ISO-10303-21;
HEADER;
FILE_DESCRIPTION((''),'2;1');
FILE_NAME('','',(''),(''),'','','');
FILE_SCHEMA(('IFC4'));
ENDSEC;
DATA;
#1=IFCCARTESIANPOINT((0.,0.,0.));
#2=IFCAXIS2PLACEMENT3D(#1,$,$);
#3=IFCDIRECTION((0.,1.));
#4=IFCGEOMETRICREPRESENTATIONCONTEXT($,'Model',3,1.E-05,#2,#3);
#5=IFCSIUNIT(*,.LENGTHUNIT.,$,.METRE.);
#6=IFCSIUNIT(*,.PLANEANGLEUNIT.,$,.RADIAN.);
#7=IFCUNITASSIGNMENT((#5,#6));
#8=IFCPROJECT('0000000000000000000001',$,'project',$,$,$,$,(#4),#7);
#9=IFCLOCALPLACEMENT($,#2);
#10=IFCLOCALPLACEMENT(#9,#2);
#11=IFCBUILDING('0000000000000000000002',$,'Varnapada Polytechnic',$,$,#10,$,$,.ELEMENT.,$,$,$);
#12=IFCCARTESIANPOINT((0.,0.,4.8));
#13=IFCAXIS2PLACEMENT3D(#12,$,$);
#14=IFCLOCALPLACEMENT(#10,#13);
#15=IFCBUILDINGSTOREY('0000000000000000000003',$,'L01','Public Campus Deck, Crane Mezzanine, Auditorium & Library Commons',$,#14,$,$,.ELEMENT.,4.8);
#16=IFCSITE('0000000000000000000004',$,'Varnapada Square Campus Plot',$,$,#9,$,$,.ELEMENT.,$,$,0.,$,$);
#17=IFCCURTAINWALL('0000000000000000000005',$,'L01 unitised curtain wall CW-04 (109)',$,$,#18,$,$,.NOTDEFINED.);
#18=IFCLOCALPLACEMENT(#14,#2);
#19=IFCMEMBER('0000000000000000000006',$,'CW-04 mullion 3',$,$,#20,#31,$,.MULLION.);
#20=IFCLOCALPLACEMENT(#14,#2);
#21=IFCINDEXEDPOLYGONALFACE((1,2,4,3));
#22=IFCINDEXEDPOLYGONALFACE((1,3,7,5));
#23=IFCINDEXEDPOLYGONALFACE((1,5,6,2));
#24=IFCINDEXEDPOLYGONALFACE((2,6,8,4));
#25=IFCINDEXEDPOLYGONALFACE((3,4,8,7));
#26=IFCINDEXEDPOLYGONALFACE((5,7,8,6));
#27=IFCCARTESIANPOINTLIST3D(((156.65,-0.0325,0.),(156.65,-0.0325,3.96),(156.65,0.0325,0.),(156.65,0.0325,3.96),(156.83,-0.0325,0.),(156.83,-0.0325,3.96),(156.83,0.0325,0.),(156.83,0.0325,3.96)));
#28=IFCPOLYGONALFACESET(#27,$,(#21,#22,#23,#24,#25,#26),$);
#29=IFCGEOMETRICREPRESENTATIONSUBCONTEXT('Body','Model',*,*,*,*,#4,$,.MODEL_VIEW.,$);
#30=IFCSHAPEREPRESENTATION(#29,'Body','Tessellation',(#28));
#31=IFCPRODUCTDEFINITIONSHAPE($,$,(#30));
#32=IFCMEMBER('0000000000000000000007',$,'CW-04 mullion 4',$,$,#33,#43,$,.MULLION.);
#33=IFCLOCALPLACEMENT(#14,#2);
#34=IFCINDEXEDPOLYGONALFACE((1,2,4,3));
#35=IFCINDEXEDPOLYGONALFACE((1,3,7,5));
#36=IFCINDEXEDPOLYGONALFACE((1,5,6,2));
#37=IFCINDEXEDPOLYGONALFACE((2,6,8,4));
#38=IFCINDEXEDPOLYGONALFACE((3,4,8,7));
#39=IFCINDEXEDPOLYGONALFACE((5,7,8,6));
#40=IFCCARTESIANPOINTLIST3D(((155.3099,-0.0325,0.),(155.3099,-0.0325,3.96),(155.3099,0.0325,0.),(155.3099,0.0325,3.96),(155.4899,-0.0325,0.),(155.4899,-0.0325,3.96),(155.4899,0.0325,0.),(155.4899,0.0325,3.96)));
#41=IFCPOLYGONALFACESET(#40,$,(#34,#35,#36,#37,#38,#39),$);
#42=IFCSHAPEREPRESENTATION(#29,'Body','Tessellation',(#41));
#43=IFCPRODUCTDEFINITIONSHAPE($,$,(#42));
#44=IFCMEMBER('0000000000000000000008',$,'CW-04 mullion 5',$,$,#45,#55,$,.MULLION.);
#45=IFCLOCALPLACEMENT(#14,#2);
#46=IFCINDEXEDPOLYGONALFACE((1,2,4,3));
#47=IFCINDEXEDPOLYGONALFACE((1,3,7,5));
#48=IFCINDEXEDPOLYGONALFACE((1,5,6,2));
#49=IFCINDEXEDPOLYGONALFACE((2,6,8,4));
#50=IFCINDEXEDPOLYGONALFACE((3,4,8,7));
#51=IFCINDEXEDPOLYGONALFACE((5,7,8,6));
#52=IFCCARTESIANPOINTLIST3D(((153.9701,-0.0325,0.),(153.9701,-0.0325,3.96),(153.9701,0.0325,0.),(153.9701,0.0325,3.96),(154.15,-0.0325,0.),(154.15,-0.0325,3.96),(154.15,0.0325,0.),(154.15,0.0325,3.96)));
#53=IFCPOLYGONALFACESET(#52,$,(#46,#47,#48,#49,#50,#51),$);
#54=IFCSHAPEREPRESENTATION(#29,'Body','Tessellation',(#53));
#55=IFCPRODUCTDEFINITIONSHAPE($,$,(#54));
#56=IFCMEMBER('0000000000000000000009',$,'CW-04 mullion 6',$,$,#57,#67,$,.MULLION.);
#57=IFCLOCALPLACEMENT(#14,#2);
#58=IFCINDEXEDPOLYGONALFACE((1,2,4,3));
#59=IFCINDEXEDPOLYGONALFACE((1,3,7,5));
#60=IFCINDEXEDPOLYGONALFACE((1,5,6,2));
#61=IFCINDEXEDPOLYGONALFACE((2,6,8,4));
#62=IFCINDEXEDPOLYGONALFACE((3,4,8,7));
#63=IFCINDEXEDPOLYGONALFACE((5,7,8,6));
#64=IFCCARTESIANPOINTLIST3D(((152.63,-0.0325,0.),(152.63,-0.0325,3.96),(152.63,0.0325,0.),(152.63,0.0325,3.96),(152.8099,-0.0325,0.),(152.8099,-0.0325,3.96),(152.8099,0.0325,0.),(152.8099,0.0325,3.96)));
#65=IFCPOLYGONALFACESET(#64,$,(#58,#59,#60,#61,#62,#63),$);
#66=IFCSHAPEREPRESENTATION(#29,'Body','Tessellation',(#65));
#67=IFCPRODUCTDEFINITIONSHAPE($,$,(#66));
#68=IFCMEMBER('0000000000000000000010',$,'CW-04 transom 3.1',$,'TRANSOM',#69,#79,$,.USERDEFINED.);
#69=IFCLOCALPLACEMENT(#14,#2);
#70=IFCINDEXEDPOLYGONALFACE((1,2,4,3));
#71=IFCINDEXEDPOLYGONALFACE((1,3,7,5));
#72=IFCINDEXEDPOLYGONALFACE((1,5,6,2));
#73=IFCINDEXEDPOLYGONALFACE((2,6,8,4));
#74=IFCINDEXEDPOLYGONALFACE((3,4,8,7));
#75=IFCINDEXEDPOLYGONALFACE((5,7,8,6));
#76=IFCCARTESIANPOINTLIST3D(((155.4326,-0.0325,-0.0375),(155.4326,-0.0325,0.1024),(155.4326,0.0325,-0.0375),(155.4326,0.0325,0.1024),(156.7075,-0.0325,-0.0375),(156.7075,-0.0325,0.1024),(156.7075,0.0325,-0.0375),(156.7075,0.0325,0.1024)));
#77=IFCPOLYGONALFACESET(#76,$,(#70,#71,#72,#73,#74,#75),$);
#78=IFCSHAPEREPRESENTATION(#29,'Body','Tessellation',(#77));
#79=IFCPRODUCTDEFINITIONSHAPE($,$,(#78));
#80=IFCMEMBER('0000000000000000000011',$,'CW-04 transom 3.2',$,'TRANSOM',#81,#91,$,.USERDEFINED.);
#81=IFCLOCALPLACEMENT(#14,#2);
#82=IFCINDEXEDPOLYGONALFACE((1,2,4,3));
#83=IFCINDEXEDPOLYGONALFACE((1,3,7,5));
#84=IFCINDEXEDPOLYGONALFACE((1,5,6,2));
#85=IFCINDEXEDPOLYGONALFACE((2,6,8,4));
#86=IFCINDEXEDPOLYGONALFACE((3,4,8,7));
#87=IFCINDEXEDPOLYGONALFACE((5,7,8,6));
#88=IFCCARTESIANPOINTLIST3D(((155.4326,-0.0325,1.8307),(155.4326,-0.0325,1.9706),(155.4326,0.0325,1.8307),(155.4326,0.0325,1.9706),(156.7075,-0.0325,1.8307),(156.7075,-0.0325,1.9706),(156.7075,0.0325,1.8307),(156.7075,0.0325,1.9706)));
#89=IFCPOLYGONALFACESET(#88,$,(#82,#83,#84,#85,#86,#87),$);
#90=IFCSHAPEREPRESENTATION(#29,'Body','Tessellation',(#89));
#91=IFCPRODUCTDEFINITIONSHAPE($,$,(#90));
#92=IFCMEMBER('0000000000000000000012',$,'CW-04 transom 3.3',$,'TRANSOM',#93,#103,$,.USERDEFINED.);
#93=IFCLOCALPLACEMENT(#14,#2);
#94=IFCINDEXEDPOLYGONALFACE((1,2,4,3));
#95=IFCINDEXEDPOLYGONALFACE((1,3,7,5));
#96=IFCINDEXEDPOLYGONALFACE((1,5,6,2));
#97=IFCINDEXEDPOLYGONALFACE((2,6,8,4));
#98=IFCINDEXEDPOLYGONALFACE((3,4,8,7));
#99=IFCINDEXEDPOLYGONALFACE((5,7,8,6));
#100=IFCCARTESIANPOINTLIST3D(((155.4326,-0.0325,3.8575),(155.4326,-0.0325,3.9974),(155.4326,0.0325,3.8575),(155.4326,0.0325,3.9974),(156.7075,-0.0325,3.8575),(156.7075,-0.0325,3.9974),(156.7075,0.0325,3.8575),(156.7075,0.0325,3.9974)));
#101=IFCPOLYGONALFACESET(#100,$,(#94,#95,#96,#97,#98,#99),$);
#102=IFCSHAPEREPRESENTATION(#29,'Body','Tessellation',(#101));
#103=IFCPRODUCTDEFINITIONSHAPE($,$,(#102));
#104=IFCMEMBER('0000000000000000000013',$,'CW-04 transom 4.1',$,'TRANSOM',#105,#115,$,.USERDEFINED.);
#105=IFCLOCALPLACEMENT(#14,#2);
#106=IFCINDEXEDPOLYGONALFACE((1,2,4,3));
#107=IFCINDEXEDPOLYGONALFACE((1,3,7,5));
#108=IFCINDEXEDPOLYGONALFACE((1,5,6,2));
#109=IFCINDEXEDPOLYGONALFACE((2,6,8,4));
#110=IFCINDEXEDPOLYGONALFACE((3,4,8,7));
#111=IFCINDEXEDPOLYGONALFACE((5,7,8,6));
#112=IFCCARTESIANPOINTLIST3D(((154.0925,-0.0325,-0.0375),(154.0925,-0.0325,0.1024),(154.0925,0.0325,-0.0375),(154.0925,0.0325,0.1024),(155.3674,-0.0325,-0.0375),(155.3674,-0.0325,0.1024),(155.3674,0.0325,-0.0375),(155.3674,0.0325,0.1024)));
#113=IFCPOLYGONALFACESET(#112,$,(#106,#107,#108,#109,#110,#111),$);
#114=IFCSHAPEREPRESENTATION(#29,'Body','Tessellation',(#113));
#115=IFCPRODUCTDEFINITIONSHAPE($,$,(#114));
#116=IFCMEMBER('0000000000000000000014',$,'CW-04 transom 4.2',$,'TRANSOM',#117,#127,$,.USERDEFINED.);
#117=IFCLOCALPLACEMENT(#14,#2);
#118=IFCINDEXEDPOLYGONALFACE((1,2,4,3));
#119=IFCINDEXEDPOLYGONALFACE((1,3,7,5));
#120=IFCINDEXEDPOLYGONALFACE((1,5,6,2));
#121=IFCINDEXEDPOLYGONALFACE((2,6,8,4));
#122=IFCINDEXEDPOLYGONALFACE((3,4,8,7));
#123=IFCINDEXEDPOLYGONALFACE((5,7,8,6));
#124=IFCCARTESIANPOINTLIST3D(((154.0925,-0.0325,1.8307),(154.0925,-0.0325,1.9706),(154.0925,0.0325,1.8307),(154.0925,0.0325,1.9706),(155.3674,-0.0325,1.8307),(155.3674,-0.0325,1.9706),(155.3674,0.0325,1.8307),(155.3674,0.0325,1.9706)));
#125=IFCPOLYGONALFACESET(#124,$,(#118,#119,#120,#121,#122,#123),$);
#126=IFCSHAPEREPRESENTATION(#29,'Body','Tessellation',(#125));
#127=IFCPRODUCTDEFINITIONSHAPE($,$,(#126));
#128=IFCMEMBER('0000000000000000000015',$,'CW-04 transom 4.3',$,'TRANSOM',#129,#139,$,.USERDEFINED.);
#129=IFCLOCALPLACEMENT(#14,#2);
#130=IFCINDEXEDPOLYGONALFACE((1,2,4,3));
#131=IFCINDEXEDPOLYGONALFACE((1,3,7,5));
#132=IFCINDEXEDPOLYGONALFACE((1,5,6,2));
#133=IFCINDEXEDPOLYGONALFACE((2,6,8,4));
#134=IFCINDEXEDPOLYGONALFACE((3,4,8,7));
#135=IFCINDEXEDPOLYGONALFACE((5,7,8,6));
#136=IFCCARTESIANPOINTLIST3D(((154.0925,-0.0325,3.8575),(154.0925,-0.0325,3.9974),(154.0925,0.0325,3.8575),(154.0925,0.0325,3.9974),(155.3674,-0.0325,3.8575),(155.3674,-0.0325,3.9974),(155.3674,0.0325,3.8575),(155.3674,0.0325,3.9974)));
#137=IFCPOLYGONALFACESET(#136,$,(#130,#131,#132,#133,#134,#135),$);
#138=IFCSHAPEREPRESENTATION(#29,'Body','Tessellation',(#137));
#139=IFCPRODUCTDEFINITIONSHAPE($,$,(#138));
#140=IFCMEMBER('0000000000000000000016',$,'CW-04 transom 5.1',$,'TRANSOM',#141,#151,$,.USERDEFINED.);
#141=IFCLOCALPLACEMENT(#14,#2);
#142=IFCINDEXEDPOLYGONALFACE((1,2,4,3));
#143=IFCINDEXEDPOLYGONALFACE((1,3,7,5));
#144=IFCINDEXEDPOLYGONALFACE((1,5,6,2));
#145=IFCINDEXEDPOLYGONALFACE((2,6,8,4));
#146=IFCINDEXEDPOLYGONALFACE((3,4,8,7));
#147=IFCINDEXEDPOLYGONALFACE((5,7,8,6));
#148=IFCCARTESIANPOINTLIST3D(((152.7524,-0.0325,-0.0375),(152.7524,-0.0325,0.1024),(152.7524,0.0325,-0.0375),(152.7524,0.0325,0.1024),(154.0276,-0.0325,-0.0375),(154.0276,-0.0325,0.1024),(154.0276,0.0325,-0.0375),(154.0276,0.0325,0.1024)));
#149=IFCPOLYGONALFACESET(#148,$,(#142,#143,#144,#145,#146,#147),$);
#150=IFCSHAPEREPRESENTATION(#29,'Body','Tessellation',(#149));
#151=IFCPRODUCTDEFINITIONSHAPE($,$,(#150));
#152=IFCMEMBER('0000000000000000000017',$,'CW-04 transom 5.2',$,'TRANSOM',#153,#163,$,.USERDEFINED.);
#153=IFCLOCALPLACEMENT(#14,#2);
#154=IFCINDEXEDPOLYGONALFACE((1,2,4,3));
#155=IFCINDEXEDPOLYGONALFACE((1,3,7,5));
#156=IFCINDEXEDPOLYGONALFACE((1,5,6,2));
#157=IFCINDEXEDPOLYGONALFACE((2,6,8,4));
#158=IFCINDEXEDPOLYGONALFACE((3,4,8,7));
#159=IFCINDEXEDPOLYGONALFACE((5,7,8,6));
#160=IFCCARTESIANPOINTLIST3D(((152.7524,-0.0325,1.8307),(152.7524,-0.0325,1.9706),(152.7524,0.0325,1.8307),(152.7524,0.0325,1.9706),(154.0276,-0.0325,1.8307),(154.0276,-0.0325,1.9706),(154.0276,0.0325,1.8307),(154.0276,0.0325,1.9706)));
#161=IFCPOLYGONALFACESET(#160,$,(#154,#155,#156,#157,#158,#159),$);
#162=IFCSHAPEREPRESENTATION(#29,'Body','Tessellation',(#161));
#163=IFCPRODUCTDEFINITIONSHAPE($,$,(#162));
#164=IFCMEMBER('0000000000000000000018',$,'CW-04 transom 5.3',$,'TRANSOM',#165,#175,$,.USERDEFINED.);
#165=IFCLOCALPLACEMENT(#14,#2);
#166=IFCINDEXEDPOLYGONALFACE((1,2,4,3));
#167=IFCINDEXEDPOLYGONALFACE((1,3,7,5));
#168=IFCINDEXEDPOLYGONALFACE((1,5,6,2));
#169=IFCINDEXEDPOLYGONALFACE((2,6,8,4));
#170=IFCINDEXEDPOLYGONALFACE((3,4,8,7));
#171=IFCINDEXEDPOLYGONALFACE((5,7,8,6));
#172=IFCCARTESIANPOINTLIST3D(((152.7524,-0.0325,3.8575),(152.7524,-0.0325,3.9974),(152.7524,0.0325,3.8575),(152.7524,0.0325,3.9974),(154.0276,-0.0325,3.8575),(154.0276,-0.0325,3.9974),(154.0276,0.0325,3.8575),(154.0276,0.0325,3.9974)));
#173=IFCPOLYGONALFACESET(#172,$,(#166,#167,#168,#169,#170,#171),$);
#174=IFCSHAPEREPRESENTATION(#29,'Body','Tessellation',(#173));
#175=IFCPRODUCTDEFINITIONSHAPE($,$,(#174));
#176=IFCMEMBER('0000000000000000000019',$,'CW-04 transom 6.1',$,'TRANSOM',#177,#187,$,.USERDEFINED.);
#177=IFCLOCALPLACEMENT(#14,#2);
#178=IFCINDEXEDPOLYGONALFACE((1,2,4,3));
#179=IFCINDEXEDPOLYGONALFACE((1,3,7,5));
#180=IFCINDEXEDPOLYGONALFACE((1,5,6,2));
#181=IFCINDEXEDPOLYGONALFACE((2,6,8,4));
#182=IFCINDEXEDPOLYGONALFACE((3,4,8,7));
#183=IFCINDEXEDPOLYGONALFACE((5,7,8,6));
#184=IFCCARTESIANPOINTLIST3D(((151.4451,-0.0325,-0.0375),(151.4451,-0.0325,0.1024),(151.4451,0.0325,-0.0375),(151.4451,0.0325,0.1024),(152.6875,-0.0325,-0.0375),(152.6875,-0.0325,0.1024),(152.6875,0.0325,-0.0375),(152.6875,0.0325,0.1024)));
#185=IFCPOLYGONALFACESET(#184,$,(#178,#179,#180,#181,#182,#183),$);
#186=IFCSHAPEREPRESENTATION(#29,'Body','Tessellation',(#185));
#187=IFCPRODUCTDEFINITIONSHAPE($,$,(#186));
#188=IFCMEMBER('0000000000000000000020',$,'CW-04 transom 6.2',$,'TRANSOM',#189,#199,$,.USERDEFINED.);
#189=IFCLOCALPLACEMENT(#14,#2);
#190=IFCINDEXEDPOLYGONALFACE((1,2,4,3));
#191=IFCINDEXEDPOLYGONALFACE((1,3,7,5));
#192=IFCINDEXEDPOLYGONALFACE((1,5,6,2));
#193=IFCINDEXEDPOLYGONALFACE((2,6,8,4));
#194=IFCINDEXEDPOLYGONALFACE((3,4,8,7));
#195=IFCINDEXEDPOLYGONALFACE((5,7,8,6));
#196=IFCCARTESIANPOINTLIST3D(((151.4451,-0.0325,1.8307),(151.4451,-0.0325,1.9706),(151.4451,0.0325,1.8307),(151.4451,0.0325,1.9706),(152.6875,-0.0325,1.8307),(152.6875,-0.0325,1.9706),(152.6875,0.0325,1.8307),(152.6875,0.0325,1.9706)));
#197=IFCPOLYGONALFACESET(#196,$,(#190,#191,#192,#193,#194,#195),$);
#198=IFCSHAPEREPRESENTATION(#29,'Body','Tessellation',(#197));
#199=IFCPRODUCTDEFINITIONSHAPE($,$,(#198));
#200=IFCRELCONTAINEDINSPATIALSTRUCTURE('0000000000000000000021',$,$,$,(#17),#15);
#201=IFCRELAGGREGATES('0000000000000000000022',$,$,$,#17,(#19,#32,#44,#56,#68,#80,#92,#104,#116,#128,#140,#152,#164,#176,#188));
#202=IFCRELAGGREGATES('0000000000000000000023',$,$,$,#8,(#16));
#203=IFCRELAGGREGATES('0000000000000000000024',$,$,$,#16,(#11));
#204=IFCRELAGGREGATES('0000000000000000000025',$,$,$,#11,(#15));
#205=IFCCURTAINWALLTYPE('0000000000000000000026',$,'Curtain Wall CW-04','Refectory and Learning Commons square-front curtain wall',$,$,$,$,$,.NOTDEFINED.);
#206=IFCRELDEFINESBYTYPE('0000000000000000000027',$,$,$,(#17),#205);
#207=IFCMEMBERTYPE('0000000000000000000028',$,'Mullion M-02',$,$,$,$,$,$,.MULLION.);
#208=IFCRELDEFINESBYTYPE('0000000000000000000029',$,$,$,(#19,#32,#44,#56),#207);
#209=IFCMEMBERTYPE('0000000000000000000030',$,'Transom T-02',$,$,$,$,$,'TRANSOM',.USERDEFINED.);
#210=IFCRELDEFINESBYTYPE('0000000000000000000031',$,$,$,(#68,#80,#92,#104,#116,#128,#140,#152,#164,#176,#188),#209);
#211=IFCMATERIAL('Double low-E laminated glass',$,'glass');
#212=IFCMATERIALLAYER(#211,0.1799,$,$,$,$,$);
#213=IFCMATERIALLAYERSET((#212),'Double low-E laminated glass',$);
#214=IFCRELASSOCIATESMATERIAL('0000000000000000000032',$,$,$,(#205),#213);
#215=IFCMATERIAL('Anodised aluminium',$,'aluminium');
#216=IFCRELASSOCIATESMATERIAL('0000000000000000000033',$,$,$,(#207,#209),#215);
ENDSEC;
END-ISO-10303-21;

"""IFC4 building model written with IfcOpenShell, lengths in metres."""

from ifc_helpers import new_model, si_unit, direction, frame, origin, origin_2d, place, context, subcontext, project, spatial, rectangle, extrude, material, layer, layer_set, material_profile, profile_set, type_object, element, aggregate, save


model = new_model("IFC4")

# Units and contexts
model_context = context("Model", 3, precision=1e-05, world=origin(), true_north=direction((0.0, 1.0)))
body_context = subcontext(model_context, "Body", "Model", "MODEL_VIEW")
ifc_project = project(units=[si_unit("LENGTHUNIT", "METRE"), si_unit("PLANEANGLEUNIT", "RADIAN")], contexts=[model_context])

# Site, building, storey
site_placement = place(None, origin())
site = spatial("IfcSite", under=ifc_project, at=site_placement, Name="Varnapada Square Campus Plot", CompositionType="ELEMENT", RefElevation=0.0)
building_placement = place(site_placement, origin())
building = spatial("IfcBuilding", under=site, at=building_placement, Name="Varnapada Polytechnic", CompositionType="ELEMENT")
storey_placement = place(building_placement, frame((0.0, 0.0, 4.8)))
storey = spatial("IfcBuildingStorey", under=building, at=storey_placement, Name="L01", Description="Public Campus Deck, Crane Mezzanine, Auditorium & Library Commons", CompositionType="ELEMENT", Elevation=4.8)

# Curtain wall, members
ifc_material_1 = material(Name="Double low-E laminated glass", Category="glass")
ifc_layer_1 = layer(ifc_material_1, 0.1799)
ifc_layer_set_1 = layer_set([ifc_layer_1], Name="Double low-E laminated glass")
curtain_wall_type = type_object("IfcCurtainWallType", Name="Curtain Wall CW-04", Description="Refectory and Learning Commons square-front curtain wall", PredefinedType="NOTDEFINED", material=ifc_layer_set_1)
curtain_wall_placement = place(storey_placement, origin())
curtain_wall = element("IfcCurtainWall", 1, at=curtain_wall_placement, inside=storey, type_object=curtain_wall_type, Name="L01 unitised curtain wall CW-04 (109)", PredefinedType="NOTDEFINED")
ifc_material_2 = material(Name="Anodised aluminium", Category="aluminium")
ifc_material_profile_1 = material_profile(ifc_material_2, rectangle(XDim=0.0649, YDim=0.1799, at=origin_2d()), Name="ALU M65x180")
ifc_profile_set_1 = profile_set([ifc_material_profile_1], Name="Anodised aluminium")
member_type_1 = type_object("IfcMemberType", Name="Mullion M-02", PredefinedType="MULLION", material=ifc_profile_set_1)
member_1_placement = place(storey_placement, frame((156.74, 0.0, 0.0), z_axis=(0.0, 0.0, 1.0), x_axis=(0.0, -1.0, 0.0)))
member_1 = element("IfcMember", 2, at=member_1_placement, type_object=member_type_1, Name="CW-04 mullion 3", PredefinedType="MULLION", context=body_context, shape_type="SweptSolid", body=[
    extrude(rectangle(XDim=0.0649, YDim=0.1799, at=origin_2d()), origin(), (0.0, 0.0, 1.0), 3.96),
])
member_2_placement = place(storey_placement, frame((155.3999, 0.0, 0.0), z_axis=(0.0, 0.0, 1.0), x_axis=(0.0, -1.0, 0.0)))
member_2 = element("IfcMember", 3, at=member_2_placement, type_object=member_type_1, Name="CW-04 mullion 4", PredefinedType="MULLION", context=body_context, shape_type="SweptSolid", body=[
    extrude(rectangle(XDim=0.0649, YDim=0.1799, at=origin_2d()), origin(), (0.0, 0.0, 1.0), 3.96),
])
member_3_placement = place(storey_placement, frame((154.0601, 0.0, 0.0), z_axis=(0.0, 0.0, 1.0), x_axis=(0.0, -1.0, 0.0)))
member_3 = element("IfcMember", 4, at=member_3_placement, type_object=member_type_1, Name="CW-04 mullion 5", PredefinedType="MULLION", context=body_context, shape_type="SweptSolid", body=[
    extrude(rectangle(XDim=0.0649, YDim=0.1799, at=origin_2d()), origin(), (0.0, 0.0, 1.0), 3.96),
])
member_4_placement = place(storey_placement, frame((152.72, 0.0, 0.0), z_axis=(0.0, 0.0, 1.0), x_axis=(0.0, -1.0, 0.0)))
member_4 = element("IfcMember", 5, at=member_4_placement, type_object=member_type_1, Name="CW-04 mullion 6", PredefinedType="MULLION", context=body_context, shape_type="SweptSolid", body=[
    extrude(rectangle(XDim=0.0649, YDim=0.1799, at=origin_2d()), origin(), (0.0, 0.0, 1.0), 3.96),
])
ifc_material_profile_2 = material_profile(ifc_material_2, rectangle(XDim=0.0649, YDim=0.1399, at=origin_2d()), Name="ALU T65x140")
ifc_profile_set_2 = profile_set([ifc_material_profile_2], Name="Anodised aluminium")
member_type_2 = type_object("IfcMemberType", Name="Transom T-02", ElementType="TRANSOM", PredefinedType="USERDEFINED", material=ifc_profile_set_2)
member_5_placement = place(storey_placement, frame((156.7075, 0.0, 0.0325), z_axis=(-1.0, 0.0, 0.0), x_axis=(0.0, -1.0, 0.0)))
member_5 = element("IfcMember", 6, at=member_5_placement, type_object=member_type_2, Name="CW-04 transom 3.1", ObjectType="TRANSOM", PredefinedType="USERDEFINED", context=body_context, shape_type="SweptSolid", body=[
    extrude(rectangle(XDim=0.0649, YDim=0.1399, at=origin_2d()), origin(), (0.0, 0.0, 1.0), 1.2749),
])
member_6_placement = place(storey_placement, frame((156.7075, 0.0, 1.9006), z_axis=(-1.0, 0.0, 0.0), x_axis=(0.0, -1.0, 0.0)))
member_6 = element("IfcMember", 7, at=member_6_placement, type_object=member_type_2, Name="CW-04 transom 3.2", ObjectType="TRANSOM", PredefinedType="USERDEFINED", context=body_context, shape_type="SweptSolid", body=[
    extrude(rectangle(XDim=0.0649, YDim=0.1399, at=origin_2d()), origin(), (0.0, 0.0, 1.0), 1.2749),
])
member_7_placement = place(storey_placement, frame((156.7075, 0.0, 3.9275), z_axis=(-1.0, 0.0, 0.0), x_axis=(0.0, -1.0, 0.0)))
member_7 = element("IfcMember", 8, at=member_7_placement, type_object=member_type_2, Name="CW-04 transom 3.3", ObjectType="TRANSOM", PredefinedType="USERDEFINED", context=body_context, shape_type="SweptSolid", body=[
    extrude(rectangle(XDim=0.0649, YDim=0.1399, at=origin_2d()), origin(), (0.0, 0.0, 1.0), 1.2749),
])
member_8_placement = place(storey_placement, frame((155.3674, 0.0, 0.0325), z_axis=(-1.0, 0.0, 0.0), x_axis=(0.0, -1.0, 0.0)))
member_8 = element("IfcMember", 9, at=member_8_placement, type_object=member_type_2, Name="CW-04 transom 4.1", ObjectType="TRANSOM", PredefinedType="USERDEFINED", context=body_context, shape_type="SweptSolid", body=[
    extrude(rectangle(XDim=0.0649, YDim=0.1399, at=origin_2d()), origin(), (0.0, 0.0, 1.0), 1.2749),
])
member_9_placement = place(storey_placement, frame((155.3674, 0.0, 1.9006), z_axis=(-1.0, 0.0, 0.0), x_axis=(0.0, -1.0, 0.0)))
member_9 = element("IfcMember", 10, at=member_9_placement, type_object=member_type_2, Name="CW-04 transom 4.2", ObjectType="TRANSOM", PredefinedType="USERDEFINED", context=body_context, shape_type="SweptSolid", body=[
    extrude(rectangle(XDim=0.0649, YDim=0.1399, at=origin_2d()), origin(), (0.0, 0.0, 1.0), 1.2749),
])
member_10_placement = place(storey_placement, frame((155.3674, 0.0, 3.9275), z_axis=(-1.0, 0.0, 0.0), x_axis=(0.0, -1.0, 0.0)))
member_10 = element("IfcMember", 11, at=member_10_placement, type_object=member_type_2, Name="CW-04 transom 4.3", ObjectType="TRANSOM", PredefinedType="USERDEFINED", context=body_context, shape_type="SweptSolid", body=[
    extrude(rectangle(XDim=0.0649, YDim=0.1399, at=origin_2d()), origin(), (0.0, 0.0, 1.0), 1.2749),
])
member_11_placement = place(storey_placement, frame((154.0276, 0.0, 0.0325), z_axis=(-1.0, 0.0, 0.0), x_axis=(0.0, -1.0, 0.0)))
member_11 = element("IfcMember", 12, at=member_11_placement, type_object=member_type_2, Name="CW-04 transom 5.1", ObjectType="TRANSOM", PredefinedType="USERDEFINED", context=body_context, shape_type="SweptSolid", body=[
    extrude(rectangle(XDim=0.0649, YDim=0.1399, at=origin_2d()), origin(), (0.0, 0.0, 1.0), 1.2751),
])
member_12_placement = place(storey_placement, frame((154.0276, 0.0, 1.9006), z_axis=(-1.0, 0.0, 0.0), x_axis=(0.0, -1.0, 0.0)))
member_12 = element("IfcMember", 13, at=member_12_placement, type_object=member_type_2, Name="CW-04 transom 5.2", ObjectType="TRANSOM", PredefinedType="USERDEFINED", context=body_context, shape_type="SweptSolid", body=[
    extrude(rectangle(XDim=0.0649, YDim=0.1399, at=origin_2d()), origin(), (0.0, 0.0, 1.0), 1.2751),
])
member_13_placement = place(storey_placement, frame((154.0276, 0.0, 3.9275), z_axis=(-1.0, 0.0, 0.0), x_axis=(0.0, -1.0, 0.0)))
member_13 = element("IfcMember", 14, at=member_13_placement, type_object=member_type_2, Name="CW-04 transom 5.3", ObjectType="TRANSOM", PredefinedType="USERDEFINED", context=body_context, shape_type="SweptSolid", body=[
    extrude(rectangle(XDim=0.0649, YDim=0.1399, at=origin_2d()), origin(), (0.0, 0.0, 1.0), 1.2751),
])
member_14_placement = place(storey_placement, frame((152.6875, 0.0, 0.0325), z_axis=(-1.0, 0.0, 0.0), x_axis=(0.0, -1.0, 0.0)))
member_14 = element("IfcMember", 15, at=member_14_placement, type_object=member_type_2, Name="CW-04 transom 6.1", ObjectType="TRANSOM", PredefinedType="USERDEFINED", context=body_context, shape_type="SweptSolid", body=[
    extrude(rectangle(XDim=0.0649, YDim=0.1399, at=origin_2d()), origin(), (0.0, 0.0, 1.0), 1.2424),
])
member_15_placement = place(storey_placement, frame((152.6875, 0.0, 1.9006), z_axis=(-1.0, 0.0, 0.0), x_axis=(0.0, -1.0, 0.0)))
member_15 = element("IfcMember", 16, at=member_15_placement, type_object=member_type_2, Name="CW-04 transom 6.2", ObjectType="TRANSOM", PredefinedType="USERDEFINED", context=body_context, shape_type="SweptSolid", body=[
    extrude(rectangle(XDim=0.0649, YDim=0.1399, at=origin_2d()), origin(), (0.0, 0.0, 1.0), 1.2424),
])
aggregate(curtain_wall, [member_1, member_2, member_3, member_4, member_5, member_6, member_7, member_8, member_9, member_10, member_11, member_12, member_13, member_14, member_15])

save(model, "model.ifc")
